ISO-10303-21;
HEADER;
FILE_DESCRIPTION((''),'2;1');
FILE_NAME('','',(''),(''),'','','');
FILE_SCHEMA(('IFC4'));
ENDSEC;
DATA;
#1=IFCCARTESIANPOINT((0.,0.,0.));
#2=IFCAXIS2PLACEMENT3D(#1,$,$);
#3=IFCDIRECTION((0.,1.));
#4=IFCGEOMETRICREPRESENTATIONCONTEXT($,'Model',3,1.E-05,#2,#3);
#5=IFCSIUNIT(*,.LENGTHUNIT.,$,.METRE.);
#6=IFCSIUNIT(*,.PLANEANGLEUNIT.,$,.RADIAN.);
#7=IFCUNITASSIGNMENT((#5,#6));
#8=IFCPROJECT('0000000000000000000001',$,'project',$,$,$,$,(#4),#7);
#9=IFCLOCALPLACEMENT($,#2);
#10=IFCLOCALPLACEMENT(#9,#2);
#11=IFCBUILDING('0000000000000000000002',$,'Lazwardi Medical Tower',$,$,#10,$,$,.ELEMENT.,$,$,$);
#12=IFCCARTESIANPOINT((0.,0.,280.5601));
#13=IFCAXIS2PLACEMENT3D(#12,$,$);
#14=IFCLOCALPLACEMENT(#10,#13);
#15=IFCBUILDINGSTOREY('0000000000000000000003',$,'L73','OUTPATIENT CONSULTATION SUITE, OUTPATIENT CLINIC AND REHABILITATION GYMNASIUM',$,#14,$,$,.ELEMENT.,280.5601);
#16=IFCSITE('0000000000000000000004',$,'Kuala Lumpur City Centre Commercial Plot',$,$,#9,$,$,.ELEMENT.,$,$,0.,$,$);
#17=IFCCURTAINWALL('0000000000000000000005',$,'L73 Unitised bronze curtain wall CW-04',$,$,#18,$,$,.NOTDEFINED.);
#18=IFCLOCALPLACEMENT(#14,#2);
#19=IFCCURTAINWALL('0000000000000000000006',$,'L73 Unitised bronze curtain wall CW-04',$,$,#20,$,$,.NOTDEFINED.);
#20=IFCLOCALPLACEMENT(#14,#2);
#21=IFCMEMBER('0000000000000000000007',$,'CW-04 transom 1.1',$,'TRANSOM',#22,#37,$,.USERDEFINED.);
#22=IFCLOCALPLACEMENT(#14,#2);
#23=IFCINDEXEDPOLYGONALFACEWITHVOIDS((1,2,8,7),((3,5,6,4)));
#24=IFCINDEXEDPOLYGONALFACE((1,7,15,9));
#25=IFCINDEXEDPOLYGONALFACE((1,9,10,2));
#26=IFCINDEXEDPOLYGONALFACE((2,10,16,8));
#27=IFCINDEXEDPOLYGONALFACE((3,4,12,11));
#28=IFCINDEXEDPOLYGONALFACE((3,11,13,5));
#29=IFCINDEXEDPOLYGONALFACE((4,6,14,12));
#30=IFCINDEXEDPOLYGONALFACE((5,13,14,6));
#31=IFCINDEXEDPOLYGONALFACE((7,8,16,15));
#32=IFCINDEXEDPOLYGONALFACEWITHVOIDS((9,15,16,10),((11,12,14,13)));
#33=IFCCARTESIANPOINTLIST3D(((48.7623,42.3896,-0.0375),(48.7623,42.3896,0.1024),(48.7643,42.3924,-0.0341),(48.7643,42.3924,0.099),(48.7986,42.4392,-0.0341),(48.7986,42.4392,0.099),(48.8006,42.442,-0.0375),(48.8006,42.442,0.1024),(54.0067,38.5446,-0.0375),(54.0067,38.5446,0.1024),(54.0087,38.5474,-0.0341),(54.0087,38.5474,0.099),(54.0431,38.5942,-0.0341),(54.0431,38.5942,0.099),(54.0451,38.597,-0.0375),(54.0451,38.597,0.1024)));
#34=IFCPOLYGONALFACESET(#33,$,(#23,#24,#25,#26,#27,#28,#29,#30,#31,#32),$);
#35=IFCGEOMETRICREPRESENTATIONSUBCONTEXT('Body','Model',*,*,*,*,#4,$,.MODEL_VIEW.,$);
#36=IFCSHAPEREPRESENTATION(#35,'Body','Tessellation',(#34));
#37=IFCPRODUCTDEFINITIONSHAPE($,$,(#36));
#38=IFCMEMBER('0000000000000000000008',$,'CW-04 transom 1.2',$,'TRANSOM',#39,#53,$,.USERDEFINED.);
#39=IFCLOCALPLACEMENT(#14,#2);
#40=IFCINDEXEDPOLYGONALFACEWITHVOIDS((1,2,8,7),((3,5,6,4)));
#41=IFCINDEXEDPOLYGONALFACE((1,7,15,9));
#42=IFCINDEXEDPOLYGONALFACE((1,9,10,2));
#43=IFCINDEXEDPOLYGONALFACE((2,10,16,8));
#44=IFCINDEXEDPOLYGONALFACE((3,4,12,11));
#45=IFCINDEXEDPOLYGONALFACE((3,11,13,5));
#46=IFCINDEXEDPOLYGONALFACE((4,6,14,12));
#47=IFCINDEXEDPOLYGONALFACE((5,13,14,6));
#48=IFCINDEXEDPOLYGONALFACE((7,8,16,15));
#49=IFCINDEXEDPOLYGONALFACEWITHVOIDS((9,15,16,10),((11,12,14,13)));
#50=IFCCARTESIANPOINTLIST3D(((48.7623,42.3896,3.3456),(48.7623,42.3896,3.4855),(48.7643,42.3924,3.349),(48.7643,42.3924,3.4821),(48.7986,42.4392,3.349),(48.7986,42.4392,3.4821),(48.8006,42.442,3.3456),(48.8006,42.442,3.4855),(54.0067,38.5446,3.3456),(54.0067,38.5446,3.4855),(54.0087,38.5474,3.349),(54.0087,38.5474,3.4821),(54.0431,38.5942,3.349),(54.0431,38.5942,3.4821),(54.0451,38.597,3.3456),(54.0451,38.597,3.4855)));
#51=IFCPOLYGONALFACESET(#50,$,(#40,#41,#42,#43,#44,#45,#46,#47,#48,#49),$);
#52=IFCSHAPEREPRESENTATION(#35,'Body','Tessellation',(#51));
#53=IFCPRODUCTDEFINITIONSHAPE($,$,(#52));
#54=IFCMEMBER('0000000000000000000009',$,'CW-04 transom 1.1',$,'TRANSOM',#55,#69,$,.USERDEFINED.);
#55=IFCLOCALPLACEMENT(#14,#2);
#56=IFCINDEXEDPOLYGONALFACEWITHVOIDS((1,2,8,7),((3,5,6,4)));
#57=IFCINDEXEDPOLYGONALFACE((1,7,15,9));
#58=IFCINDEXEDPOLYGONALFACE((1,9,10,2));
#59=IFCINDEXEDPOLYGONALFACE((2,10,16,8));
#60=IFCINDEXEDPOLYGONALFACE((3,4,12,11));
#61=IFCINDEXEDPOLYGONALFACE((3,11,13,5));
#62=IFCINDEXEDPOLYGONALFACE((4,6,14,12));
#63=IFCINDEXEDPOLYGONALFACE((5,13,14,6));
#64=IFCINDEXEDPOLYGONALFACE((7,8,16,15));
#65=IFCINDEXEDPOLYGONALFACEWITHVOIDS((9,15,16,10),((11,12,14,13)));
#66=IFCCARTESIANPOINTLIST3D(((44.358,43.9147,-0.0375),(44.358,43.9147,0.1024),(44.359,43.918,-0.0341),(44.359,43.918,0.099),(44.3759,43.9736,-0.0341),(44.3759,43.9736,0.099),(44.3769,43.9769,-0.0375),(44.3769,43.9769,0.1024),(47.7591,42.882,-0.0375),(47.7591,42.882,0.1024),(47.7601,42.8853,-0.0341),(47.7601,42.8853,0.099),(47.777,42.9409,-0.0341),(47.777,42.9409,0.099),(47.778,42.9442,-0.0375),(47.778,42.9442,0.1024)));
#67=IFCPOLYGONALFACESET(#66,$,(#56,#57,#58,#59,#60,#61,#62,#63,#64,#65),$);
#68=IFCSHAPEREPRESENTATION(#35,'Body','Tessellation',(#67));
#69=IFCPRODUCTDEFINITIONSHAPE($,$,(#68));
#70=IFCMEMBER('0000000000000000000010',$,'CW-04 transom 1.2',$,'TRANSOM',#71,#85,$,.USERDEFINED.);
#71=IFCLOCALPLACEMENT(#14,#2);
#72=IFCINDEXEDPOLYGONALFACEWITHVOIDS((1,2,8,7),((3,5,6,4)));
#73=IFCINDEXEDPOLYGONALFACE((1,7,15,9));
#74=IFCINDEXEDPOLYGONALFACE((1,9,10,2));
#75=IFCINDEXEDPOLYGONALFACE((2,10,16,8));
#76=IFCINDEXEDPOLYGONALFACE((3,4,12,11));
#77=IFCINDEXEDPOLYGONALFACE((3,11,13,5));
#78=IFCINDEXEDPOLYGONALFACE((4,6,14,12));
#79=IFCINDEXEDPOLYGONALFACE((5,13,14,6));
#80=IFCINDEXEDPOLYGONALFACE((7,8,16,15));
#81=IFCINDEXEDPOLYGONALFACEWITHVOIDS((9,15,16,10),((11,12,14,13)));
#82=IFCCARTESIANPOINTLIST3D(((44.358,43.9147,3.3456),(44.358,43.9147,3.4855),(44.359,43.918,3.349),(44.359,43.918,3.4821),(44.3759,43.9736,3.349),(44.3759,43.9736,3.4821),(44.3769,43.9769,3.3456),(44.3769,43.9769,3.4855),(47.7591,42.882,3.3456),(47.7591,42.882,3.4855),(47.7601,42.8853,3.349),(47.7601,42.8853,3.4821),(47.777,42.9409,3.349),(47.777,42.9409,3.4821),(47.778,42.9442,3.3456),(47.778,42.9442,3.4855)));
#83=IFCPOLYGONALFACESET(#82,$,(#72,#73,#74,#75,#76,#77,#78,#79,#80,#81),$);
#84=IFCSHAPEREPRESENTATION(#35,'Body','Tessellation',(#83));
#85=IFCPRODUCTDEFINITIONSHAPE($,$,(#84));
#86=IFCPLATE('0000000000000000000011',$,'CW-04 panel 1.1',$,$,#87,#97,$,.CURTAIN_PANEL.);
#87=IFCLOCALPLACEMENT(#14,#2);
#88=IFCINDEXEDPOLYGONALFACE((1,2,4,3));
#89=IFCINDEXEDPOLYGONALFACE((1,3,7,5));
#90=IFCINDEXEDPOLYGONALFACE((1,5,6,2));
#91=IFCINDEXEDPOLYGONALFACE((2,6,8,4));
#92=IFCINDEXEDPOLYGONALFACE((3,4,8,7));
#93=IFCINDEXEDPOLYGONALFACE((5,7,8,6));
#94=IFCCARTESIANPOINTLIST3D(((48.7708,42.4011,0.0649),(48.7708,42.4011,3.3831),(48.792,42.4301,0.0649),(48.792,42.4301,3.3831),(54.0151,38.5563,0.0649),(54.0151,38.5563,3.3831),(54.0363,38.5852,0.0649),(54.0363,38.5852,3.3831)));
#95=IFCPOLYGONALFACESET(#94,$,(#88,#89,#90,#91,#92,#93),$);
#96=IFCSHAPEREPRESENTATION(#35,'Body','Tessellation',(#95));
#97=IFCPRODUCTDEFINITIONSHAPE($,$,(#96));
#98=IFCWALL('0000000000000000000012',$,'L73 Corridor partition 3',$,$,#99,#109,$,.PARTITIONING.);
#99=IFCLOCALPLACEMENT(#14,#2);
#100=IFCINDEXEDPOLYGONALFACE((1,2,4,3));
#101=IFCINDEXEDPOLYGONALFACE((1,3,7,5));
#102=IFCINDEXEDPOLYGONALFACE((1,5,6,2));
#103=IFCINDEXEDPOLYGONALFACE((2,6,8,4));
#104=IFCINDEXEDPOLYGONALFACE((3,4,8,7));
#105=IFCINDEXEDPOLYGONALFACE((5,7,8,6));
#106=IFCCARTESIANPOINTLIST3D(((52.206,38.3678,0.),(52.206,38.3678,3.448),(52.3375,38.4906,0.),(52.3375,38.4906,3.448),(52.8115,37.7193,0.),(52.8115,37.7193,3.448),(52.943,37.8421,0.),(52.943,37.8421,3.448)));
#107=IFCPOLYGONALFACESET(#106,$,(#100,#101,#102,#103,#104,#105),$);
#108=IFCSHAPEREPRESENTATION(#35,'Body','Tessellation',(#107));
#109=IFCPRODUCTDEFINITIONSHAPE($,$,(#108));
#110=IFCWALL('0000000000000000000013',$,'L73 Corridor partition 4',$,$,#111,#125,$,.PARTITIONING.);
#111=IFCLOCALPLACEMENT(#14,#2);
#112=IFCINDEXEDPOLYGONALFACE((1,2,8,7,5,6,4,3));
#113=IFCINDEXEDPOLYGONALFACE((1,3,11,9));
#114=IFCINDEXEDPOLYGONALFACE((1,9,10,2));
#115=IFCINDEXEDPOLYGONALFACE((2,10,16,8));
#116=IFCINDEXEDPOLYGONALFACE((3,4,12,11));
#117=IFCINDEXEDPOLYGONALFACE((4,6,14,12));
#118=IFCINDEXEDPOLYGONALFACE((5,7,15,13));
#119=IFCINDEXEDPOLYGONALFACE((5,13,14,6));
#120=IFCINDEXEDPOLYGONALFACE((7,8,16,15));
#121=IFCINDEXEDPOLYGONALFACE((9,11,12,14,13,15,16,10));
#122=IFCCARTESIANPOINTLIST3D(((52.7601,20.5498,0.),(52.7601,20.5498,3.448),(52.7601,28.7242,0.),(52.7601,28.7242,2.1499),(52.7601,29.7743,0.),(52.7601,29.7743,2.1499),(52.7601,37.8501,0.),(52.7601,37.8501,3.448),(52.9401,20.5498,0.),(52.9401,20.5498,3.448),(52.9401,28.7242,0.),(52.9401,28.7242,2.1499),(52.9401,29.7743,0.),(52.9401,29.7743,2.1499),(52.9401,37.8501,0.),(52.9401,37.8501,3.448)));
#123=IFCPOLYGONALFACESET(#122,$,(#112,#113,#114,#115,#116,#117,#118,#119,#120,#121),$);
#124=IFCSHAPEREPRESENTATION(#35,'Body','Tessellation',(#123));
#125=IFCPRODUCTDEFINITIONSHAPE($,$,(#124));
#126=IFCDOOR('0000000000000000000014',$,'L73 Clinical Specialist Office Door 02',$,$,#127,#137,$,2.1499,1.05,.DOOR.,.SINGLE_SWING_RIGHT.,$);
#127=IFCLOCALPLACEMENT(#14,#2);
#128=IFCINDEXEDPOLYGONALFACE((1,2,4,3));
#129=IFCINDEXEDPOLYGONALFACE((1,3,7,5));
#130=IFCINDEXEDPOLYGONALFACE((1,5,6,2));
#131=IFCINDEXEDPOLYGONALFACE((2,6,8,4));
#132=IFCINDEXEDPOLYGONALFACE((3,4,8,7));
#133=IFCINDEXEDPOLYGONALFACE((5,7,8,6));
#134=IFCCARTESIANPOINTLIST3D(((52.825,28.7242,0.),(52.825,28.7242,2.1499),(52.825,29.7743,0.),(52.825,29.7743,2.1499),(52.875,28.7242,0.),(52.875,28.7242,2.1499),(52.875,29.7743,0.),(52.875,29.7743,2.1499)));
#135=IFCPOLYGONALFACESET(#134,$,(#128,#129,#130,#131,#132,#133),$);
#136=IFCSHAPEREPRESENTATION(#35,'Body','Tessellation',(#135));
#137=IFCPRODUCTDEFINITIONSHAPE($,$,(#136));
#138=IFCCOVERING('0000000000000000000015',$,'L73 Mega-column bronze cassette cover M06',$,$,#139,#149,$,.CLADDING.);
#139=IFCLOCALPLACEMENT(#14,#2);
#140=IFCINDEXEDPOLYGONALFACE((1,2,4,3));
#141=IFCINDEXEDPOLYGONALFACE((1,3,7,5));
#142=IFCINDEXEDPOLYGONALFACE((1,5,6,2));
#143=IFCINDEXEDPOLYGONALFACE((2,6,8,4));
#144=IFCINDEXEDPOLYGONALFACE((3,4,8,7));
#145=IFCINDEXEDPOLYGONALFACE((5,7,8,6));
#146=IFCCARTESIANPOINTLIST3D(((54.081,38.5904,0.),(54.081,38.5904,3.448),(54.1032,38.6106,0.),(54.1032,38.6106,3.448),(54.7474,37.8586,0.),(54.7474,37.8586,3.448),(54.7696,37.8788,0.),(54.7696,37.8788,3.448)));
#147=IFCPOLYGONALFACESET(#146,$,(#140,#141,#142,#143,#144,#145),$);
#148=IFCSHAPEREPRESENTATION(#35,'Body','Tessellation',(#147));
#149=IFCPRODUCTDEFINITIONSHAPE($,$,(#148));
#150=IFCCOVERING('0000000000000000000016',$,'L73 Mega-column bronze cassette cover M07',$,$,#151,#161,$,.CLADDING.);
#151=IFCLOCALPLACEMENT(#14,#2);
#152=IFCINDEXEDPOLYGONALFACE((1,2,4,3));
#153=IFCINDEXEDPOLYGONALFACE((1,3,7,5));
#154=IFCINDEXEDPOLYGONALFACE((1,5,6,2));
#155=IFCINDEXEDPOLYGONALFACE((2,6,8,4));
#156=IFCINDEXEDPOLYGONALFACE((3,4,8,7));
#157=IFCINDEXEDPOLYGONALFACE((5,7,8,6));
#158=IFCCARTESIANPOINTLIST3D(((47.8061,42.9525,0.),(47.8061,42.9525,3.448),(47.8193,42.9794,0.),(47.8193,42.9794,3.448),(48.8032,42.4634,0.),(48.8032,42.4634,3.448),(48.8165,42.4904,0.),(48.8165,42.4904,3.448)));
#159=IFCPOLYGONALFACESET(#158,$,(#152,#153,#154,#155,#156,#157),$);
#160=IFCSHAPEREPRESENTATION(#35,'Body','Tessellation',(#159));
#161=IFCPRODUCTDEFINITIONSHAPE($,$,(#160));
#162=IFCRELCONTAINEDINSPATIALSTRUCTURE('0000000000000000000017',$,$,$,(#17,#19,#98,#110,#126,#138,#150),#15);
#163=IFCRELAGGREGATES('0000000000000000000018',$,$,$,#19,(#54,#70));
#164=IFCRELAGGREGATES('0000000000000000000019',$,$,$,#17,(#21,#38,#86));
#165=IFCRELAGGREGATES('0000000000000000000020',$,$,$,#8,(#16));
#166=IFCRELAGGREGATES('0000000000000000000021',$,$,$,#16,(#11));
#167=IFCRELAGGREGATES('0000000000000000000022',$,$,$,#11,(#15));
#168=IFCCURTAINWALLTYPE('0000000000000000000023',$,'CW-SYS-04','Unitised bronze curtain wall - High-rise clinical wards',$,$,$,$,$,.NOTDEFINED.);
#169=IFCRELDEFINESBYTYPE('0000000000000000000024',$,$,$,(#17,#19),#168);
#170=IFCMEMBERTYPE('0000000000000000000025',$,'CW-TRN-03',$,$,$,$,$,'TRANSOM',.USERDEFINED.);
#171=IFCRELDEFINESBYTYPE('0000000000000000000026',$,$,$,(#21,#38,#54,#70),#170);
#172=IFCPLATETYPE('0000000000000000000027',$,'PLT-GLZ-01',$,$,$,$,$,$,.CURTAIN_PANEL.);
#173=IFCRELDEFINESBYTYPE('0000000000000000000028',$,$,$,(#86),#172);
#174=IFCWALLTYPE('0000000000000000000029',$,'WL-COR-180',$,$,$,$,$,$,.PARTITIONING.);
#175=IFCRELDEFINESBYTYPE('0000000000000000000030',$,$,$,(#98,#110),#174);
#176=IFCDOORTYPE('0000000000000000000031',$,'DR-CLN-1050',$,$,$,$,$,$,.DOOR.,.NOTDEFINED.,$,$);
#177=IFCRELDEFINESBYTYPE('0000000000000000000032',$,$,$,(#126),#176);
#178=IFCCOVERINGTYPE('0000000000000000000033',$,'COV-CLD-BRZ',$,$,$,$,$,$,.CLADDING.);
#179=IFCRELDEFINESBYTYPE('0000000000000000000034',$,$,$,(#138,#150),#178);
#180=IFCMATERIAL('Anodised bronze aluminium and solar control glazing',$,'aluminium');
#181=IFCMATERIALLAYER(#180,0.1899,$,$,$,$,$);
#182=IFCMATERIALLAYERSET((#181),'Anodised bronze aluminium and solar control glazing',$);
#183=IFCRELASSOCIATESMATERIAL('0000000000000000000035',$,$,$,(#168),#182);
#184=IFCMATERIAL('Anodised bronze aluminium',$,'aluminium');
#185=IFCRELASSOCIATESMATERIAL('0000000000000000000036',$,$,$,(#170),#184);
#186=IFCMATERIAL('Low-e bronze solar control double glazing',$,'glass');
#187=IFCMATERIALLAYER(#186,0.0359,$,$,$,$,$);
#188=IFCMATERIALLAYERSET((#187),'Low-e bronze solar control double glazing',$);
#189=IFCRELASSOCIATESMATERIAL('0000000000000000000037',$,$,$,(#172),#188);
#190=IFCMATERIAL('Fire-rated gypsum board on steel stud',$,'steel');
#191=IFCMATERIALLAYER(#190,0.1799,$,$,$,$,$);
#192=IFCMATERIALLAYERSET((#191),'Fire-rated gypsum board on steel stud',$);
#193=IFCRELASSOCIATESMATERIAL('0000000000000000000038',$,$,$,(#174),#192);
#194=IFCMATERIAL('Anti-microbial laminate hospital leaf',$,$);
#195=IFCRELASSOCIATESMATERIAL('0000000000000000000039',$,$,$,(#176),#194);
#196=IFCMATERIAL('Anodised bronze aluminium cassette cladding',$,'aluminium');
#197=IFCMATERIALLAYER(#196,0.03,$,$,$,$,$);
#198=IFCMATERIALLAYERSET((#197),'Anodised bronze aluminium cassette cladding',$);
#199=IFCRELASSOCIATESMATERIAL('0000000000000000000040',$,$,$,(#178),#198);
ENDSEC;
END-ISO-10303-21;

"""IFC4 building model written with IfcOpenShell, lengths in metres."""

from ifc_helpers import new_model, si_unit, direction, frame, frame_2d, origin, origin_2d, place, context, subcontext, project, spatial, rectangle, hollow_rectangle, extrude, material, layer, layer_set, material_profile, profile_set, type_object, element, fill, aggregate, save


model = new_model("IFC4")

# Units and contexts
model_context = context("Model", 3, precision=1e-05, world=origin(), true_north=direction((0.0, 1.0)))
body_context = subcontext(model_context, "Body", "Model", "MODEL_VIEW")
ifc_project = project(units=[si_unit("LENGTHUNIT", "METRE"), si_unit("PLANEANGLEUNIT", "RADIAN")], contexts=[model_context])

# Site, building, storey
site_placement = place(None, origin())
site = spatial("IfcSite", under=ifc_project, at=site_placement, Name="Kuala Lumpur City Centre Commercial Plot", CompositionType="ELEMENT", RefElevation=0.0)
building_placement = place(site_placement, origin())
building = spatial("IfcBuilding", under=site, at=building_placement, Name="Lazwardi Medical Tower", CompositionType="ELEMENT")
storey_placement = place(building_placement, frame((0.0, 0.0, 280.5601)))
storey = spatial("IfcBuildingStorey", under=building, at=storey_placement, Name="L73", Description="OUTPATIENT CONSULTATION SUITE, OUTPATIENT CLINIC AND REHABILITATION GYMNASIUM", CompositionType="ELEMENT", Elevation=280.5601)

# Shared definitions
ifc_material_1 = material(Name="Anodised bronze aluminium and solar control glazing", Category="aluminium")
ifc_layer_1 = layer(ifc_material_1, 0.1899)
ifc_layer_set_1 = layer_set([ifc_layer_1], Name="Anodised bronze aluminium and solar control glazing")
curtain_wall_type = type_object("IfcCurtainWallType", Name="CW-SYS-04", Description="Unitised bronze curtain wall - High-rise clinical wards", PredefinedType="NOTDEFINED", material=ifc_layer_set_1)
ifc_material_2 = material(Name="Anodised bronze aluminium", Category="aluminium")

# Curtain wall
curtain_wall_1_placement = place(storey_placement, origin())
curtain_wall_1 = element("IfcCurtainWall", 1, at=curtain_wall_1_placement, inside=storey, type_object=curtain_wall_type, Name="L73 Unitised bronze curtain wall CW-04", PredefinedType="NOTDEFINED")

# Curtain wall
curtain_wall_2_placement = place(storey_placement, origin())
curtain_wall_2 = element("IfcCurtainWall", 2, at=curtain_wall_2_placement, inside=storey, type_object=curtain_wall_type, Name="L73 Unitised bronze curtain wall CW-04", PredefinedType="NOTDEFINED")

# Members
ifc_material_profile_1 = material_profile(ifc_material_2, hollow_rectangle(XDim=0.0649, YDim=0.1399, WallThickness=0.0034, at=origin_2d()), Name="ALU-TRANSOM 140x65x3.5")
ifc_profile_set_1 = profile_set([ifc_material_profile_1], Name="Anodised bronze aluminium")
member_type_1 = type_object("IfcMemberType", Name="CW-TRN-03", ElementType="TRANSOM", PredefinedType="USERDEFINED", material=ifc_profile_set_1)
member_1_placement = place(storey_placement, frame((54.0259, 38.5708, 0.0325), z_axis=(-0.806472, 0.591273, 0.0), x_axis=(-0.591273, -0.806472, 0.0)))
member_1 = element("IfcMember", 3, at=member_1_placement, type_object=member_type_1, Name="CW-04 transom 1.1", ObjectType="TRANSOM", PredefinedType="USERDEFINED", context=body_context, shape_type="SweptSolid", body=[
    extrude(hollow_rectangle(XDim=0.0649, YDim=0.1399, WallThickness=0.0034, at=origin_2d()), origin(), (0.0, 0.0, 1.0), 6.5029),
])
member_2_placement = place(storey_placement, frame((54.0259, 38.5708, 3.4155), z_axis=(-0.806472, 0.591273, 0.0), x_axis=(-0.591273, -0.806472, 0.0)))
member_2 = element("IfcMember", 4, at=member_2_placement, type_object=member_type_1, Name="CW-04 transom 1.2", ObjectType="TRANSOM", PredefinedType="USERDEFINED", context=body_context, shape_type="SweptSolid", body=[
    extrude(hollow_rectangle(XDim=0.0649, YDim=0.1399, WallThickness=0.0034, at=origin_2d()), origin(), (0.0, 0.0, 1.0), 6.5029),
])
member_3_placement = place(storey_placement, frame((47.7686, 42.9131, 0.0325), z_axis=(-0.956863, 0.290541, 0.0), x_axis=(-0.290541, -0.956863, 0.0)))
member_3 = element("IfcMember", 5, at=member_3_placement, type_object=member_type_1, Name="CW-04 transom 1.1", ObjectType="TRANSOM", PredefinedType="USERDEFINED", context=body_context, shape_type="SweptSolid", body=[
    extrude(hollow_rectangle(XDim=0.0649, YDim=0.1399, WallThickness=0.0034, at=origin_2d()), origin(), (0.0, 0.0, 1.0), 3.5544),
])
member_4_placement = place(storey_placement, frame((47.7686, 42.9131, 3.4155), z_axis=(-0.956863, 0.290541, 0.0), x_axis=(-0.290541, -0.956863, 0.0)))
member_4 = element("IfcMember", 6, at=member_4_placement, type_object=member_type_1, Name="CW-04 transom 1.2", ObjectType="TRANSOM", PredefinedType="USERDEFINED", context=body_context, shape_type="SweptSolid", body=[
    extrude(hollow_rectangle(XDim=0.0649, YDim=0.1399, WallThickness=0.0034, at=origin_2d()), origin(), (0.0, 0.0, 1.0), 3.5544),
])
aggregate(curtain_wall_2, [member_3, member_4])

# Plate
ifc_material_3 = material(Name="Low-e bronze solar control double glazing", Category="glass")
ifc_layer_2 = layer(ifc_material_3, 0.0359)
ifc_layer_set_2 = layer_set([ifc_layer_2], Name="Low-e bronze solar control double glazing")
plate_type = type_object("IfcPlateType", Name="PLT-GLZ-01", PredefinedType="CURTAIN_PANEL", material=ifc_layer_set_2)
plate_placement = place(storey_placement, frame((51.4036, 40.4932, 0.0649), z_axis=(0.0, 0.0, 1.0), x_axis=(-0.806475, 0.591268, 0.0)))
plate = element("IfcPlate", 7, at=plate_placement, type_object=plate_type, Name="CW-04 panel 1.1", PredefinedType="CURTAIN_PANEL", context=body_context, shape_type="SweptSolid", body=[
    extrude(rectangle(XDim=6.5027, YDim=0.0359, at=origin_2d()), origin(), (0.0, 0.0, 1.0), 3.3181),
])
aggregate(curtain_wall_1, [member_1, member_2, plate])

# Wall
ifc_material_4 = material(Name="Fire-rated gypsum board on steel stud", Category="steel")
ifc_layer_3 = layer(ifc_material_4, 0.1799)
ifc_layer_set_3 = layer_set([ifc_layer_3], Name="Fire-rated gypsum board on steel stud")
wall_type = type_object("IfcWallType", Name="WL-COR-180", PredefinedType="PARTITIONING", material=ifc_layer_set_3)
wall_1_placement = place(storey_placement, frame((52.2717, 38.4292, 0.0), z_axis=(0.0, 0.0, 1.0), x_axis=(0.682475, -0.730909, 0.0)))
element("IfcWall", 8, at=wall_1_placement, inside=storey, type_object=wall_type, Name="L73 Corridor partition 3", PredefinedType="PARTITIONING", context=body_context, shape_type="SweptSolid", body=[
    extrude(rectangle(XDim=0.8872, YDim=0.1799, at=frame_2d((0.4436, 0.0))), origin(), (0.0, 0.0, 1.0), 3.448),
])

# Wall, opening, door
wall_2_placement = place(storey_placement, frame((52.8501, 37.8501, 0.0), z_axis=(0.0, 0.0, 1.0), x_axis=(0.0, -1.0, 0.0)))
wall_2 = element("IfcWall", 9, at=wall_2_placement, inside=storey, type_object=wall_type, Name="L73 Corridor partition 4", PredefinedType="PARTITIONING", context=body_context, shape_type="SweptSolid", body=[
    extrude(rectangle(XDim=17.3003, YDim=0.1799, at=frame_2d((8.6501, 0.0))), origin(), (0.0, 0.0, 1.0), 3.448),
])
opening_placement = place(wall_2_placement, frame((8.0759, 0.0, 0.0)))
opening = element("IfcOpeningElement", 10, at=opening_placement, cuts=wall_2, PredefinedType="OPENING", context=body_context, shape_type="SweptSolid", body=[
    extrude(rectangle(XDim=1.05, YDim=2.1499, at=frame_2d((0.5249, 1.075))), frame((0.0, 0.0999, 0.0), z_axis=(0.0, -1.0, 0.0), x_axis=(1.0, 0.0, 0.0)), (0.0, 0.0, 1.0), 0.2),
])
ifc_material_5 = material(Name="Anti-microbial laminate hospital leaf")
door_type = type_object("IfcDoorType", Name="DR-CLN-1050", OperationType="NOTDEFINED", PredefinedType="DOOR", material=ifc_material_5)
door_placement = place(opening_placement, origin())
door = element("IfcDoor", 11, at=door_placement, inside=storey, type_object=door_type, Name="L73 Clinical Specialist Office Door 02", OperationType="SINGLE_SWING_RIGHT", OverallHeight=2.1499, OverallWidth=1.05, PredefinedType="DOOR", context=body_context, shape_type="SweptSolid", body=[
    extrude(rectangle(XDim=1.05, YDim=2.1499, at=frame_2d((0.5249, 1.075))), frame((0.0, 0.0249, 0.0), z_axis=(0.0, -1.0, 0.0), x_axis=(1.0, 0.0, 0.0)), (0.0, 0.0, 1.0), 0.05),
])
fill(opening, door)

# Coverings
ifc_material_6 = material(Name="Anodised bronze aluminium cassette cladding", Category="aluminium")
ifc_layer_4 = layer(ifc_material_6, 0.03)
ifc_layer_set_4 = layer_set([ifc_layer_4], Name="Anodised bronze aluminium cassette cladding")
covering_type = type_object("IfcCoveringType", Name="COV-CLD-BRZ", PredefinedType="CLADDING", material=ifc_layer_set_4)
covering_1_placement = place(storey_placement, frame((54.4253, 38.2346, 0.0), z_axis=(0.0, 0.0, 1.0), x_axis=(-0.673241, 0.739423, 0.0)))
element("IfcCovering", 12, at=covering_1_placement, inside=storey, type_object=covering_type, Name="L73 Mega-column bronze cassette cover M06", PredefinedType="CLADDING", context=body_context, shape_type="SweptSolid", body=[
    extrude(rectangle(XDim=0.9897, YDim=0.03, at=origin_2d()), origin(), (0.0, 0.0, 1.0), 3.448),
])
covering_2_placement = place(storey_placement, frame((48.3113, 42.7214, 0.0), z_axis=(0.0, 0.0, 1.0), x_axis=(-0.89784, 0.440322, 0.0)))
element("IfcCovering", 13, at=covering_2_placement, inside=storey, type_object=covering_type, Name="L73 Mega-column bronze cassette cover M07", PredefinedType="CLADDING", context=body_context, shape_type="SweptSolid", body=[
    extrude(rectangle(XDim=1.1106, YDim=0.03, at=origin_2d()), origin(), (0.0, 0.0, 1.0), 3.448),
])

save(model, "model.ifc")
